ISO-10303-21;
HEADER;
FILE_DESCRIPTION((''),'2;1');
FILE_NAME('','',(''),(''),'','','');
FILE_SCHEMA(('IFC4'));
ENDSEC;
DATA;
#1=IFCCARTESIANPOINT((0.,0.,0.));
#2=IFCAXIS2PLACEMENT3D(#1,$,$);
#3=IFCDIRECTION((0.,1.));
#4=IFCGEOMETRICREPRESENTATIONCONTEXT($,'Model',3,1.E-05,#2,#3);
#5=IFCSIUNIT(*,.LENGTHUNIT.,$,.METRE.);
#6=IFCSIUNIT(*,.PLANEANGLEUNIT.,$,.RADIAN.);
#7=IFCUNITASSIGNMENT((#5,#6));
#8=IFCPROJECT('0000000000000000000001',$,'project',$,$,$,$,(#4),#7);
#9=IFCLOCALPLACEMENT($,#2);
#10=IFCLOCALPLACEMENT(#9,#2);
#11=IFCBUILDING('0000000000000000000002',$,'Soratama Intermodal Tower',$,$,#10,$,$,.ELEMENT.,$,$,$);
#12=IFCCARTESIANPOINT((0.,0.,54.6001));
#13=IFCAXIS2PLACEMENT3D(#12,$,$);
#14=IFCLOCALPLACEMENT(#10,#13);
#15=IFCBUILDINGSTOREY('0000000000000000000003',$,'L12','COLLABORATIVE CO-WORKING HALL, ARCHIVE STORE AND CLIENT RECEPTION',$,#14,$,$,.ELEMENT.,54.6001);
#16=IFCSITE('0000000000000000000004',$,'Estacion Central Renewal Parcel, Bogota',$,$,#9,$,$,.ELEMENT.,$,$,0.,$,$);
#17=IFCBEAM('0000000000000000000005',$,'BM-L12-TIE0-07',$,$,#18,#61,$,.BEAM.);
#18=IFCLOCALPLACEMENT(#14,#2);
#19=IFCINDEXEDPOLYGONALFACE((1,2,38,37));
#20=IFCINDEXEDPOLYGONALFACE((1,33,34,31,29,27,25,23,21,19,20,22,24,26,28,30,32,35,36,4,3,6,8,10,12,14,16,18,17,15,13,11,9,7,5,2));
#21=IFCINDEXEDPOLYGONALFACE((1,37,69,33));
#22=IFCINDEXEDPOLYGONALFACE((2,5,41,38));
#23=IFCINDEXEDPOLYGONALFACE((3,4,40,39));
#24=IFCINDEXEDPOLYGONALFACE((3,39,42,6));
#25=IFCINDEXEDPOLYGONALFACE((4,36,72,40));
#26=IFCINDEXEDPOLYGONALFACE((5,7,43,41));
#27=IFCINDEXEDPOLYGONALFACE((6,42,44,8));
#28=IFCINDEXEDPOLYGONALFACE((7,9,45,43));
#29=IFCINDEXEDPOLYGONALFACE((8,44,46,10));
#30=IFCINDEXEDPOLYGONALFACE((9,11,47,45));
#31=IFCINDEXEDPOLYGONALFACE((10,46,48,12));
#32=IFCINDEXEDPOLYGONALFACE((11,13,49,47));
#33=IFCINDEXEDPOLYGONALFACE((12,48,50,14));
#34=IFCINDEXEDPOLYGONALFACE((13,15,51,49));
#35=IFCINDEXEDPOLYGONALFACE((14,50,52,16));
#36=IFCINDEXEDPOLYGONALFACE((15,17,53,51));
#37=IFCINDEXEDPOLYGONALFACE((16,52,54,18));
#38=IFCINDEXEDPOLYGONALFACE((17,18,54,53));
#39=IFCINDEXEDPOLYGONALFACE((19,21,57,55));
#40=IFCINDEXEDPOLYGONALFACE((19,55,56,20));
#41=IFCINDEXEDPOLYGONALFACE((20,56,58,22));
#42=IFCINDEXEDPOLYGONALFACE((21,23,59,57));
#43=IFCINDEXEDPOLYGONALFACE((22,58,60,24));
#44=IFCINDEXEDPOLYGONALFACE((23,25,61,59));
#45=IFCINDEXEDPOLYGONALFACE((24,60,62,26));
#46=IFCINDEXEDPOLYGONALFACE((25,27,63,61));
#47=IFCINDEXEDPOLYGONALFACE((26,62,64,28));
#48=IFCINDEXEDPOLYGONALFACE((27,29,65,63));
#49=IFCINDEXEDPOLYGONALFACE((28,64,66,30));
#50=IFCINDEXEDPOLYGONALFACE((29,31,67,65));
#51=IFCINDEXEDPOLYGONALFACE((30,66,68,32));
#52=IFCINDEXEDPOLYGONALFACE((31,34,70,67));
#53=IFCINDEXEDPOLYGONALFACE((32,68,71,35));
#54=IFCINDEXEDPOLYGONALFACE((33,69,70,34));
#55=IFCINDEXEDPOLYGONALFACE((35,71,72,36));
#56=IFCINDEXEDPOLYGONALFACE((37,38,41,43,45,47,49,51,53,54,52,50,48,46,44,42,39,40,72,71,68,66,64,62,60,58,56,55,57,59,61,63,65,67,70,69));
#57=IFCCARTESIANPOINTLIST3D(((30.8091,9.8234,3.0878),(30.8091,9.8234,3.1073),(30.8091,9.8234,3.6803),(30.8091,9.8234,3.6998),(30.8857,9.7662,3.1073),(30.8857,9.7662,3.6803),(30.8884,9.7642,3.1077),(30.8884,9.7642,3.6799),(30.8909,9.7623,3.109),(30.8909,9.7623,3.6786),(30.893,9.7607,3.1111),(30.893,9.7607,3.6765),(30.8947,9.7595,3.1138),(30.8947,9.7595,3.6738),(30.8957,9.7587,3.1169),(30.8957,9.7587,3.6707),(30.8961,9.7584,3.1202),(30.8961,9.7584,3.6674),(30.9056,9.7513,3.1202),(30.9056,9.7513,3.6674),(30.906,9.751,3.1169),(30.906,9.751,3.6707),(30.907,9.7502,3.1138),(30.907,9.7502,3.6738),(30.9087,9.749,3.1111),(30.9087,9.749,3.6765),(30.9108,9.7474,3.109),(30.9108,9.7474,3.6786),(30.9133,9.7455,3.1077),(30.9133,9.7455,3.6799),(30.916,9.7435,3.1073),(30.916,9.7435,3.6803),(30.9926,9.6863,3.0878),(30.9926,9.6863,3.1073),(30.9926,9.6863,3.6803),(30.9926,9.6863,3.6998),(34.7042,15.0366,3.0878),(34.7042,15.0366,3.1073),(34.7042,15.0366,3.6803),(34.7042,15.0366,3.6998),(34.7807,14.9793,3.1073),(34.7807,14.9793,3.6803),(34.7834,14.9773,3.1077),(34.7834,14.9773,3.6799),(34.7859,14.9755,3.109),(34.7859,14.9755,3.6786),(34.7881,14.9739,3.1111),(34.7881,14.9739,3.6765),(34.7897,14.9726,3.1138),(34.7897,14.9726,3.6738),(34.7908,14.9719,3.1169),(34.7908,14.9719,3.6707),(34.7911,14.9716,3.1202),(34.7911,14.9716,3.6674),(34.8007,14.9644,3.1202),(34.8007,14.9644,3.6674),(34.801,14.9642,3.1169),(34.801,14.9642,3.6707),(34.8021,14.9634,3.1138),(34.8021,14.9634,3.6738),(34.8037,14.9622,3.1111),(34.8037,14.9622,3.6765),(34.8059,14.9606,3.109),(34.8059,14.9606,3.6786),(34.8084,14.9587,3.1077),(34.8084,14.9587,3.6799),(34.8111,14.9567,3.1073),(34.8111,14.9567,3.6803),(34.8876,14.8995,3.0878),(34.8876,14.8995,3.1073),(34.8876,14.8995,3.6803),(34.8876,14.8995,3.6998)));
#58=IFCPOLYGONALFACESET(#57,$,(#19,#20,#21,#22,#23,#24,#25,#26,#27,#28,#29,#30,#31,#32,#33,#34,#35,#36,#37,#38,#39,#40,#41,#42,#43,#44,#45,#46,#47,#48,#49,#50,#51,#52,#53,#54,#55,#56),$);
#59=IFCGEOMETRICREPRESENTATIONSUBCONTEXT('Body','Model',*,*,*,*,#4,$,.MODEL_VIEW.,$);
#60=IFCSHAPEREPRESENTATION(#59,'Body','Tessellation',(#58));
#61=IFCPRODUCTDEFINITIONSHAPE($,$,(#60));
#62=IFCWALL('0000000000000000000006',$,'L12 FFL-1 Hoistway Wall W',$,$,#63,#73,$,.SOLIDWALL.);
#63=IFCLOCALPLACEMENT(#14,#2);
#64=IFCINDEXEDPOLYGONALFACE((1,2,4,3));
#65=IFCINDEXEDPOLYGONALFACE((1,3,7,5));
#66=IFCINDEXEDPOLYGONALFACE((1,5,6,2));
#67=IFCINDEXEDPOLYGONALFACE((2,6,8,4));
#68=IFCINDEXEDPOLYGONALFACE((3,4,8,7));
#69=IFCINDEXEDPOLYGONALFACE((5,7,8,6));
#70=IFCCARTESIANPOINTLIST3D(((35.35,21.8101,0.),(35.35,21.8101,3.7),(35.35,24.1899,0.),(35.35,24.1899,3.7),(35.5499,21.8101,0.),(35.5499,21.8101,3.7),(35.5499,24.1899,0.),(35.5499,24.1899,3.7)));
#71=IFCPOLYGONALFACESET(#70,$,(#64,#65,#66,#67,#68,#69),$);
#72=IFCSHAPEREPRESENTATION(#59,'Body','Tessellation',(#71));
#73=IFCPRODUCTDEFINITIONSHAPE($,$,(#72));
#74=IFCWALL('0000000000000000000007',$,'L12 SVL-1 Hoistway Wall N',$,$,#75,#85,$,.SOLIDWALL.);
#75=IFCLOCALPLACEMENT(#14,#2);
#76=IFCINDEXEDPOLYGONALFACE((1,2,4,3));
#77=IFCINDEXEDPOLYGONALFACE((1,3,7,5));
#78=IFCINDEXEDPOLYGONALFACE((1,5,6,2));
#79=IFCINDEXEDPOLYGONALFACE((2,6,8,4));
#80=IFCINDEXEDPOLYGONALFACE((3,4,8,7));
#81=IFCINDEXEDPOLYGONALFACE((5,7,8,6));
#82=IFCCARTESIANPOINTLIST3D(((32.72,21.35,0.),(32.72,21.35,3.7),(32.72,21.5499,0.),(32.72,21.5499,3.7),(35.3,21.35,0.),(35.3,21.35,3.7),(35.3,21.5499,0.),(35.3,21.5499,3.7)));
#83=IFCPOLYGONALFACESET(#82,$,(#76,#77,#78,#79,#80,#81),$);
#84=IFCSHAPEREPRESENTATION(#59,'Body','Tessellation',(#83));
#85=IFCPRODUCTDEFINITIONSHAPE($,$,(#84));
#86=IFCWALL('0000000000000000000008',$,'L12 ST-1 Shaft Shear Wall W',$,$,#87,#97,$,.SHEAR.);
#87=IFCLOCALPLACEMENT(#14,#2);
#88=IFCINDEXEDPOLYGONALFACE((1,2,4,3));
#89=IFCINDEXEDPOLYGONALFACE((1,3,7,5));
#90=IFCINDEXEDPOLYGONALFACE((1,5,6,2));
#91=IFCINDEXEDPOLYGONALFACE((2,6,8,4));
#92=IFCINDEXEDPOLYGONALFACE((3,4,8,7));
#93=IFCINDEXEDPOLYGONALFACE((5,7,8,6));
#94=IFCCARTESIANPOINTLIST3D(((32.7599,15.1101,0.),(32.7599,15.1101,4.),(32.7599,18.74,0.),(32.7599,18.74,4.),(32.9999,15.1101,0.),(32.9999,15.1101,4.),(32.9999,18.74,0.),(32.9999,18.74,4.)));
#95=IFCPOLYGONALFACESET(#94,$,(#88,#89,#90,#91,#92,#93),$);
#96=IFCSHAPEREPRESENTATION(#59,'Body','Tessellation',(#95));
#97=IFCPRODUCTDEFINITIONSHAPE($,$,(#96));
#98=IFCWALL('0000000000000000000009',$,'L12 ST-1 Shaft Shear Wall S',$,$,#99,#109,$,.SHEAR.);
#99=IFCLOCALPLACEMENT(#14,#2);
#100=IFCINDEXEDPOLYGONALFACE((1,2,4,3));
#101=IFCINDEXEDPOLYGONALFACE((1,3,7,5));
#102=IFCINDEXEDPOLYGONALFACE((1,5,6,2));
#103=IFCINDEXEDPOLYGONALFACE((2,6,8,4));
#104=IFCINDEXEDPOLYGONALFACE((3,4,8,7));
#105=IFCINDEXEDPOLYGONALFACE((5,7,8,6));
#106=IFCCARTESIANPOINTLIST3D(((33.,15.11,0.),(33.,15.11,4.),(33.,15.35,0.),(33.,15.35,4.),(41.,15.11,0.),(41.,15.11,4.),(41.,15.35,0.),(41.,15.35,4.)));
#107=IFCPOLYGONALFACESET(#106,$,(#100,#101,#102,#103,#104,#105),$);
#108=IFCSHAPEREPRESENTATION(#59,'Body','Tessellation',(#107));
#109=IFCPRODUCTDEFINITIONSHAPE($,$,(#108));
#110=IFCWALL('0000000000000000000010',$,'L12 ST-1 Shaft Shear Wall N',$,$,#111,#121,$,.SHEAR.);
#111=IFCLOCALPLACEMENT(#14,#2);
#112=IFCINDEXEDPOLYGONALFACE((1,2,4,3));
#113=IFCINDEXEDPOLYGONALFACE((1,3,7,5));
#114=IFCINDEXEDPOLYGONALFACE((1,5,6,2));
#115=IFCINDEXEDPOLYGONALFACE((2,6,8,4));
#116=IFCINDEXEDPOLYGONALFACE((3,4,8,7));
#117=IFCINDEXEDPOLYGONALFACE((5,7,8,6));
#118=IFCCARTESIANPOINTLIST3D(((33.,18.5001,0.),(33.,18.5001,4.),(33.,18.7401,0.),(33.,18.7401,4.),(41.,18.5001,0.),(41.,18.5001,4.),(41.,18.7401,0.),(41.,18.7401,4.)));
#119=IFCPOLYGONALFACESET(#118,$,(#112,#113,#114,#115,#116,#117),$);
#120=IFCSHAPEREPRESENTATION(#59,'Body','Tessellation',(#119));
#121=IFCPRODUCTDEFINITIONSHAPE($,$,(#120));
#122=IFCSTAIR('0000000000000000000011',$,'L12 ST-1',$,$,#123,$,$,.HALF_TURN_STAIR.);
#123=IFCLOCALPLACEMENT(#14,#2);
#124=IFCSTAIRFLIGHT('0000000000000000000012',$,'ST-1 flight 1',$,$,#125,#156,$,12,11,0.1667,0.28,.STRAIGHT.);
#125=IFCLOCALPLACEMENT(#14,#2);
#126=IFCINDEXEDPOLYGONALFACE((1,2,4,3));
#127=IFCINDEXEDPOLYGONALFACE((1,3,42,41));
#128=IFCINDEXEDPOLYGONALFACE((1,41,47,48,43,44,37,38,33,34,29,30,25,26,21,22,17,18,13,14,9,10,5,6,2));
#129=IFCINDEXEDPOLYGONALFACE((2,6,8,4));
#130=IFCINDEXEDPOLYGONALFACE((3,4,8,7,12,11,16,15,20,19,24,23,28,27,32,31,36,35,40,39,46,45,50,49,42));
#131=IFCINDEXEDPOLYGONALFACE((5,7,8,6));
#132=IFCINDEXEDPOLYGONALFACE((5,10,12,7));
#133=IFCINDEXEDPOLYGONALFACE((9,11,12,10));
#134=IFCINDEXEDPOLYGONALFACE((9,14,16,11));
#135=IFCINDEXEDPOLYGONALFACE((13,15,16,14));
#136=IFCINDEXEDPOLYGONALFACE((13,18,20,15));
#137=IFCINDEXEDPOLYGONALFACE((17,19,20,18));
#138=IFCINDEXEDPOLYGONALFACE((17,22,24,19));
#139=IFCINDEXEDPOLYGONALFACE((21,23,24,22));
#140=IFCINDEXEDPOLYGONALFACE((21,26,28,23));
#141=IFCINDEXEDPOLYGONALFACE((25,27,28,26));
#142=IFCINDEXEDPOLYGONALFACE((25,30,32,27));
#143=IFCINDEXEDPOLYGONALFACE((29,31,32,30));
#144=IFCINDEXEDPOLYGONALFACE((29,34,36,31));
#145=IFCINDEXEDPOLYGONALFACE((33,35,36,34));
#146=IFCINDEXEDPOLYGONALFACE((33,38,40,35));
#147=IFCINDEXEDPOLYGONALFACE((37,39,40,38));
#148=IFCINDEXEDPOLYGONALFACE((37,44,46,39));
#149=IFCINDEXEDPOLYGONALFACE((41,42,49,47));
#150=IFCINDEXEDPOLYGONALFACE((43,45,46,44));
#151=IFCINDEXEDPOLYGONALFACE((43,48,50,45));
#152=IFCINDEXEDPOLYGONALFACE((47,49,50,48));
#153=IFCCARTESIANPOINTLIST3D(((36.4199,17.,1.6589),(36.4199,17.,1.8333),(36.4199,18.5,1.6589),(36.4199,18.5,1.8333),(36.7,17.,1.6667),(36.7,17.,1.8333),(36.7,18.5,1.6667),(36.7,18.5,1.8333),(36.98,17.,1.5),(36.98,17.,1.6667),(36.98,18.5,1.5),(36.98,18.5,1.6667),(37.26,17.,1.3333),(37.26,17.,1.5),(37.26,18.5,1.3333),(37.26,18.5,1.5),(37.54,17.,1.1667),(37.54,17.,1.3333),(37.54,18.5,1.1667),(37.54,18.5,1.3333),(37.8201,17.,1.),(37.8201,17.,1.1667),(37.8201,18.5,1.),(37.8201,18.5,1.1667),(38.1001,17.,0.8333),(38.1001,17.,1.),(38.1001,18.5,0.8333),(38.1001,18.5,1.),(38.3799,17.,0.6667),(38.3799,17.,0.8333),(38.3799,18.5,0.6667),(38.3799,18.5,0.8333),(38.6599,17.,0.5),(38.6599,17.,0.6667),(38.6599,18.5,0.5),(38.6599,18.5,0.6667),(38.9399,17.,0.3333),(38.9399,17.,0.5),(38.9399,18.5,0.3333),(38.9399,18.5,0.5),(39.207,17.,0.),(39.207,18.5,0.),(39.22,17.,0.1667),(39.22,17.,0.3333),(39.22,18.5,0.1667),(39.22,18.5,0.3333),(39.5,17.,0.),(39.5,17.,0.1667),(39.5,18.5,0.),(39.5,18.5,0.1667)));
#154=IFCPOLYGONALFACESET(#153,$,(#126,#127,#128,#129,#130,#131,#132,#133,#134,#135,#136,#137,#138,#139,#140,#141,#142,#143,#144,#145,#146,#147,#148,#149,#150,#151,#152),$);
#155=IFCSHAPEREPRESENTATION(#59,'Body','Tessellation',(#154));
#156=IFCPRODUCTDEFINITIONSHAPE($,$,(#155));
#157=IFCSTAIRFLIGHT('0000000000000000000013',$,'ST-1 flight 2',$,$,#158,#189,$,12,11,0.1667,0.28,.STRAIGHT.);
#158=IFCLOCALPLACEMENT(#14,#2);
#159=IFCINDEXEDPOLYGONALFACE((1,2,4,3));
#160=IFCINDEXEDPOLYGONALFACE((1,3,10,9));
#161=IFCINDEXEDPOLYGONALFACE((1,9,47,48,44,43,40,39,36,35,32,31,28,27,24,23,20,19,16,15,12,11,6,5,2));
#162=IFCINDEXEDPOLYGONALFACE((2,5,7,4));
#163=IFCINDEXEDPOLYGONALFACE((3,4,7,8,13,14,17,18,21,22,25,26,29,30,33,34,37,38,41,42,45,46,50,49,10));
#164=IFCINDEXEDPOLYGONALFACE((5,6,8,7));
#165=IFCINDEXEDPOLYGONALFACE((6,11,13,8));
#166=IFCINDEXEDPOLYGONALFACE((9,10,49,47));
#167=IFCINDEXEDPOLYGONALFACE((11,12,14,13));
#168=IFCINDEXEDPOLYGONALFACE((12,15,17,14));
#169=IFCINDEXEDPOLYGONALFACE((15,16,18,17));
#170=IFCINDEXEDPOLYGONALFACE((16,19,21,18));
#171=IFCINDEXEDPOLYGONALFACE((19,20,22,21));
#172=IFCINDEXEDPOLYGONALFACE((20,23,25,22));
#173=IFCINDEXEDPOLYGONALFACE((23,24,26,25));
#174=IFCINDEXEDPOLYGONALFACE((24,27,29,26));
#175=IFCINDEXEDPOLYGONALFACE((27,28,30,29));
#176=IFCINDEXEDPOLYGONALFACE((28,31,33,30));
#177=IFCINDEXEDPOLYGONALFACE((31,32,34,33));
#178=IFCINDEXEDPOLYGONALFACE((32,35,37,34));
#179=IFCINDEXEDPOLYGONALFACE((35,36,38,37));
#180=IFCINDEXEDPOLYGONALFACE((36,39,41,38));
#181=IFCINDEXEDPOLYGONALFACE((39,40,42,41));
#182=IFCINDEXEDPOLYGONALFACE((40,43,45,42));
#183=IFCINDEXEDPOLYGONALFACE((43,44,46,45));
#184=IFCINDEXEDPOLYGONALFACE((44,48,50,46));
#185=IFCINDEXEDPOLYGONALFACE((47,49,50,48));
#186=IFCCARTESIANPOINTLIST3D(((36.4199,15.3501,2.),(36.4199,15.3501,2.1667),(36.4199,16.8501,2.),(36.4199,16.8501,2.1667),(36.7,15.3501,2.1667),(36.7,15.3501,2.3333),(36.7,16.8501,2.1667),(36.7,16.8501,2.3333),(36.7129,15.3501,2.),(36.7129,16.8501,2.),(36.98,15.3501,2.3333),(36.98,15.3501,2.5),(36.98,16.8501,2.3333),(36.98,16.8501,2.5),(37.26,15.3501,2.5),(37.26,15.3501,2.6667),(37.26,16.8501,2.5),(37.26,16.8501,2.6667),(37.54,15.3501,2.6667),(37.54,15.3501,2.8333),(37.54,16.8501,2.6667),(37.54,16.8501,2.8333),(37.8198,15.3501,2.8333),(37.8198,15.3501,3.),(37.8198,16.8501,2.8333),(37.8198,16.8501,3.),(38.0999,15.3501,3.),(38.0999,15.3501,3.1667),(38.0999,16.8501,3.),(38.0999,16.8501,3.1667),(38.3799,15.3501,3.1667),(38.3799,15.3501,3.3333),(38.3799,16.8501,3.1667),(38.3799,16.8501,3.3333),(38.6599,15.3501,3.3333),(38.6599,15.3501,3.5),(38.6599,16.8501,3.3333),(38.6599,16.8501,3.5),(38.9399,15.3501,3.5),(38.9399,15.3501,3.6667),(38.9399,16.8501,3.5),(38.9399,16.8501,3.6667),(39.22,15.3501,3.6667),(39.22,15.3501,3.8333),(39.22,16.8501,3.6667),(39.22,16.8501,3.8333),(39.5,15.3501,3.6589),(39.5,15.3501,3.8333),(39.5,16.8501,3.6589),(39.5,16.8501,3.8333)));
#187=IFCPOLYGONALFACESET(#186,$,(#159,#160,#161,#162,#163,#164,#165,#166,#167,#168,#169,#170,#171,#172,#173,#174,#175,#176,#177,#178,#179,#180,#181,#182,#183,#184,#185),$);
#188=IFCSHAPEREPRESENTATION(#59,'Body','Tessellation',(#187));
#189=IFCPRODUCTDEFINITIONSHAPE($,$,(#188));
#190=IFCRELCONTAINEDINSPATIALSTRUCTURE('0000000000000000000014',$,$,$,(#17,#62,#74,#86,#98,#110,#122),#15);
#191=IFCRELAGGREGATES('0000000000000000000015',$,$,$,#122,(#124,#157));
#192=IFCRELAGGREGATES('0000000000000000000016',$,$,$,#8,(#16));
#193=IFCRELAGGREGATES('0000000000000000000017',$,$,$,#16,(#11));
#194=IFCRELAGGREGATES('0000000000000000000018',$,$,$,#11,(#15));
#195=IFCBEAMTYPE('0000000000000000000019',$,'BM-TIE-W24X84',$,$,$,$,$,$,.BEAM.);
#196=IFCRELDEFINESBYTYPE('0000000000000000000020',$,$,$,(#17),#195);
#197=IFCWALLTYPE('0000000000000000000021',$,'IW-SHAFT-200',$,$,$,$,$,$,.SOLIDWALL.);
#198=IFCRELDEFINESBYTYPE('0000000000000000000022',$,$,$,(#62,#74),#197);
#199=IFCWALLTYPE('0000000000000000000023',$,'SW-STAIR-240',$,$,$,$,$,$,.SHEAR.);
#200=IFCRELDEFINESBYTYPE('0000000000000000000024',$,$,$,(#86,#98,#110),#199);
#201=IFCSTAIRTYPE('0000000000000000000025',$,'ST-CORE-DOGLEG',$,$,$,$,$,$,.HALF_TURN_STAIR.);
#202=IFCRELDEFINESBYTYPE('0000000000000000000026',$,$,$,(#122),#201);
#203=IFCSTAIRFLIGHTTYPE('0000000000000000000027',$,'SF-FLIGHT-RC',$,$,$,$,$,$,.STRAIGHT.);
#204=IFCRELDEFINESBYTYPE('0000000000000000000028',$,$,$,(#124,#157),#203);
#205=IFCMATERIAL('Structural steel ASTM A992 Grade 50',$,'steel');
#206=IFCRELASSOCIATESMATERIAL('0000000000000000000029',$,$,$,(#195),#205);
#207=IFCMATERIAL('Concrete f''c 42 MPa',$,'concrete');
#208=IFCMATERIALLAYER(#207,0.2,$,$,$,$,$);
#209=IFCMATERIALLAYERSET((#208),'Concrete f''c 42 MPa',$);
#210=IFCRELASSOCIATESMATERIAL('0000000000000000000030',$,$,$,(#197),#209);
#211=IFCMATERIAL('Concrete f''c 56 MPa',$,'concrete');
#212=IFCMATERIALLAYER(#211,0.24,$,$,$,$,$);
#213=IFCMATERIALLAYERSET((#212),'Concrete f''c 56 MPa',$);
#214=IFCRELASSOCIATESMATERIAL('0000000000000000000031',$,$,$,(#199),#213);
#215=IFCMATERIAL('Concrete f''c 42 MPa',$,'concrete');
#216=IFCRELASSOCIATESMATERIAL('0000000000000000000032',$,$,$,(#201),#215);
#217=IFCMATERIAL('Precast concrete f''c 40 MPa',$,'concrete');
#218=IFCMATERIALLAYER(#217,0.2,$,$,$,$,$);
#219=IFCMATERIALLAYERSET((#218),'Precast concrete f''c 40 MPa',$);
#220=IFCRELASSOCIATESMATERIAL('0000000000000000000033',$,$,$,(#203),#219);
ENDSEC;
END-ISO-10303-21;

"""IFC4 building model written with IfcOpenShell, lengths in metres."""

from ifc_helpers import new_model, si_unit, direction, frame, frame_2d, origin, origin_2d, place, context, subcontext, project, spatial, polyline, rectangle, i_section, outline, extrude, material, layer, layer_set, material_profile, profile_set, type_object, element, aggregate, save


model = new_model("IFC4")

# Units and contexts
model_context = context("Model", 3, precision=1e-05, world=origin(), true_north=direction((0.0, 1.0)))
body_context = subcontext(model_context, "Body", "Model", "MODEL_VIEW")
ifc_project = project(units=[si_unit("LENGTHUNIT", "METRE"), si_unit("PLANEANGLEUNIT", "RADIAN")], contexts=[model_context])

# Site, building, storey
site_placement = place(None, origin())
site = spatial("IfcSite", under=ifc_project, at=site_placement, Name="Estacion Central Renewal Parcel, Bogota", CompositionType="ELEMENT", RefElevation=0.0)
building_placement = place(site_placement, origin())
building = spatial("IfcBuilding", under=site, at=building_placement, Name="Soratama Intermodal Tower", CompositionType="ELEMENT")
storey_placement = place(building_placement, frame((0.0, 0.0, 54.6001)))
storey = spatial("IfcBuildingStorey", under=building, at=storey_placement, Name="L12", Description="COLLABORATIVE CO-WORKING HALL, ARCHIVE STORE AND CLIENT RECEPTION", CompositionType="ELEMENT", Elevation=54.6001)

# Beam
ifc_material_1 = material(Name="Structural steel ASTM A992 Grade 50", Category="steel")
ifc_material_profile_1 = material_profile(ifc_material_1, i_section(OverallWidth=0.229, OverallDepth=0.6121, WebThickness=0.012, FlangeThickness=0.0195, FilletRadius=0.0129, at=origin_2d()), Name="W24X84")
ifc_profile_set_1 = profile_set([ifc_material_profile_1], Name="Structural steel ASTM A992 Grade 50")
beam_type_1 = type_object("IfcBeamType", Name="BM-TIE-W24X84", PredefinedType="BEAM", material=ifc_profile_set_1)
beam_1_placement = place(storey_placement, frame((34.7959, 14.968, 3.3938), z_axis=(-0.59854, -0.801093, 0.0), x_axis=(0.801093, -0.59854, 0.0)))
element("IfcBeam", 1, at=beam_1_placement, inside=storey, type_object=beam_type_1, Name="BM-L12-TIE0-07", PredefinedType="BEAM", context=body_context, shape_type="SweptSolid", body=[
    extrude(i_section(OverallWidth=0.229, OverallDepth=0.6121, WebThickness=0.012, FlangeThickness=0.0195, FilletRadius=0.0129, at=origin_2d()), origin(), (0.0, 0.0, 1.0), 6.5076),
])

# Shared definitions
ifc_material_2 = material(Name="Concrete f'c 42 MPa", Category="concrete")
ifc_layer_1 = layer(ifc_material_2, 0.2)
ifc_layer_set_1 = layer_set([ifc_layer_1], Name="Concrete f'c 42 MPa")
wall_type_1 = type_object("IfcWallType", Name="IW-SHAFT-200", PredefinedType="SOLIDWALL", material=ifc_layer_set_1)

# Wall
wall_1_placement = place(storey_placement, frame((35.45, 21.8101, 0.0), z_axis=(0.0, 0.0, 1.0), x_axis=(0.0, 1.0, 0.0)))
element("IfcWall", 2, at=wall_1_placement, inside=storey, type_object=wall_type_1, Name="L12 FFL-1 Hoistway Wall W", PredefinedType="SOLIDWALL", context=body_context, shape_type="SweptSolid", body=[
    extrude(rectangle(XDim=2.3799, YDim=0.2, at=frame_2d((1.1899, 0.0))), origin(), (0.0, 0.0, 1.0), 3.7),
])

# Wall
wall_2_placement = place(storey_placement, frame((32.72, 21.45, 0.0), z_axis=(0.0, 0.0, 1.0), x_axis=(1.0, 0.0, 0.0)))
element("IfcWall", 3, at=wall_2_placement, inside=storey, type_object=wall_type_1, Name="L12 SVL-1 Hoistway Wall N", PredefinedType="SOLIDWALL", context=body_context, shape_type="SweptSolid", body=[
    extrude(rectangle(XDim=2.5801, YDim=0.2, at=frame_2d((1.29, 0.0))), origin(), (0.0, 0.0, 1.0), 3.7),
])

# Walls
ifc_material_3 = material(Name="Concrete f'c 56 MPa", Category="concrete")
ifc_layer_2 = layer(ifc_material_3, 0.24)
ifc_layer_set_2 = layer_set([ifc_layer_2], Name="Concrete f'c 56 MPa")
wall_type_2 = type_object("IfcWallType", Name="SW-STAIR-240", PredefinedType="SHEAR", material=ifc_layer_set_2)
wall_3_placement = place(storey_placement, frame((32.8799, 15.1101, 0.0), z_axis=(0.0, 0.0, 1.0), x_axis=(0.0, 1.0, 0.0)))
element("IfcWall", 4, at=wall_3_placement, inside=storey, type_object=wall_type_2, Name="L12 ST-1 Shaft Shear Wall W", PredefinedType="SHEAR", context=body_context, shape_type="SweptSolid", body=[
    extrude(rectangle(XDim=3.6299, YDim=0.24, at=frame_2d((1.8149, 0.0))), origin(), (0.0, 0.0, 1.0), 4.0),
])
for number, where, z_axis, x_axis, name in (
    (5, (33.0, 15.23, 0.0), (0.0, 0.0, 1.0), (1.0, 0.0, 0.0), "L12 ST-1 Shaft Shear Wall S"),
    (6, (33.0, 18.6201, 0.0), (0.0, 0.0, 1.0), (1.0, 0.0, 0.0), "L12 ST-1 Shaft Shear Wall N"),
):
    element("IfcWall", number, at=place(storey_placement, frame(where, z_axis=z_axis, x_axis=x_axis)), inside=storey, type_object=wall_type_2, Name=name, PredefinedType="SHEAR", context=body_context, shape_type="SweptSolid", body=[
        extrude(rectangle(XDim=8.0, YDim=0.24, at=frame_2d((4.0, 0.0))), origin(), (0.0, 0.0, 1.0), 4.0),
    ])

# Stair, stair flights
ifc_material_4 = material(Name="Concrete f'c 42 MPa", Category="concrete")
stair_type = type_object("IfcStairType", Name="ST-CORE-DOGLEG", PredefinedType="HALF_TURN_STAIR", material=ifc_material_4)
stair_placement = place(storey_placement, origin())
stair = element("IfcStair", 7, at=stair_placement, inside=storey, type_object=stair_type, Name="L12 ST-1", PredefinedType="HALF_TURN_STAIR")
ifc_material_5 = material(Name="Precast concrete f'c 40 MPa", Category="concrete")
ifc_layer_3 = layer(ifc_material_5, 0.2)
ifc_layer_set_3 = layer_set([ifc_layer_3], Name="Precast concrete f'c 40 MPa")
stair_flight_type = type_object("IfcStairFlightType", Name="SF-FLIGHT-RC", PredefinedType="STRAIGHT", material=ifc_layer_set_3)
stair_flight_1_placement = place(storey_placement, frame((39.5, 17.75, 0.0), z_axis=(0.0, 0.0, 1.0), x_axis=(-1.0, 0.0, 0.0)))
stair_flight_1 = element("IfcStairFlight", 8, at=stair_flight_1_placement, type_object=stair_flight_type, Name="ST-1 flight 1", NumberOfRisers=12, NumberOfTreads=11, PredefinedType="STRAIGHT", RiserHeight=0.1667, TreadLength=0.28, context=body_context, shape_type="SweptSolid", body=[
    extrude(outline(polyline([(0.0, 0.0), (0.0, 0.1667), (0.28, 0.1667), (0.28, 0.3333), (0.5601, 0.3333), (0.5601, 0.5), (0.8401, 0.5), (0.8401, 0.6667), (1.1201, 0.6667), (1.1201, 0.8333), (1.3999, 0.8333), (1.3999, 1.0), (1.6799, 1.0), (1.6799, 1.1667), (1.96, 1.1667), (1.96, 1.3333), (2.24, 1.3333), (2.24, 1.5), (2.52, 1.5), (2.52, 1.6667), (2.8, 1.6667), (2.8, 1.8333), (3.0801, 1.8333), (3.0801, 2.0), (3.0801, 1.6589), (0.293, 0.0), (0.0, 0.0)])), frame((0.0, 0.75, 0.0), z_axis=(0.0, -1.0, 0.0), x_axis=(1.0, 0.0, 0.0)), (0.0, 0.0, 1.0), 1.5),
])
stair_flight_2_placement = place(storey_placement, frame((36.4199, 16.1001, 2.0), z_axis=(0.0, 0.0, 1.0), x_axis=(1.0, 0.0, 0.0)))
stair_flight_2 = element("IfcStairFlight", 9, at=stair_flight_2_placement, type_object=stair_flight_type, Name="ST-1 flight 2", NumberOfRisers=12, NumberOfTreads=11, PredefinedType="STRAIGHT", RiserHeight=0.1667, TreadLength=0.28, context=body_context, shape_type="SweptSolid", body=[
    extrude(outline(polyline([(0.0, 0.0), (0.0, 0.1667), (0.28, 0.1667), (0.28, 0.3333), (0.5601, 0.3333), (0.5601, 0.5), (0.8401, 0.5), (0.8401, 0.6667), (1.1201, 0.6667), (1.1201, 0.8333), (1.3999, 0.8333), (1.3999, 1.0), (1.6799, 1.0), (1.6799, 1.1667), (1.96, 1.1667), (1.96, 1.3333), (2.24, 1.3333), (2.24, 1.5), (2.52, 1.5), (2.52, 1.6667), (2.8, 1.6667), (2.8, 1.8333), (3.0801, 1.8333), (3.0801, 2.0), (3.0801, 1.6589), (0.293, 0.0), (0.0, 0.0)])), frame((0.0, 0.75, 0.0), z_axis=(0.0, -1.0, 0.0), x_axis=(1.0, 0.0, 0.0)), (0.0, 0.0, 1.0), 1.5),
])
aggregate(stair, [stair_flight_1, stair_flight_2])

save(model, "model.ifc")
